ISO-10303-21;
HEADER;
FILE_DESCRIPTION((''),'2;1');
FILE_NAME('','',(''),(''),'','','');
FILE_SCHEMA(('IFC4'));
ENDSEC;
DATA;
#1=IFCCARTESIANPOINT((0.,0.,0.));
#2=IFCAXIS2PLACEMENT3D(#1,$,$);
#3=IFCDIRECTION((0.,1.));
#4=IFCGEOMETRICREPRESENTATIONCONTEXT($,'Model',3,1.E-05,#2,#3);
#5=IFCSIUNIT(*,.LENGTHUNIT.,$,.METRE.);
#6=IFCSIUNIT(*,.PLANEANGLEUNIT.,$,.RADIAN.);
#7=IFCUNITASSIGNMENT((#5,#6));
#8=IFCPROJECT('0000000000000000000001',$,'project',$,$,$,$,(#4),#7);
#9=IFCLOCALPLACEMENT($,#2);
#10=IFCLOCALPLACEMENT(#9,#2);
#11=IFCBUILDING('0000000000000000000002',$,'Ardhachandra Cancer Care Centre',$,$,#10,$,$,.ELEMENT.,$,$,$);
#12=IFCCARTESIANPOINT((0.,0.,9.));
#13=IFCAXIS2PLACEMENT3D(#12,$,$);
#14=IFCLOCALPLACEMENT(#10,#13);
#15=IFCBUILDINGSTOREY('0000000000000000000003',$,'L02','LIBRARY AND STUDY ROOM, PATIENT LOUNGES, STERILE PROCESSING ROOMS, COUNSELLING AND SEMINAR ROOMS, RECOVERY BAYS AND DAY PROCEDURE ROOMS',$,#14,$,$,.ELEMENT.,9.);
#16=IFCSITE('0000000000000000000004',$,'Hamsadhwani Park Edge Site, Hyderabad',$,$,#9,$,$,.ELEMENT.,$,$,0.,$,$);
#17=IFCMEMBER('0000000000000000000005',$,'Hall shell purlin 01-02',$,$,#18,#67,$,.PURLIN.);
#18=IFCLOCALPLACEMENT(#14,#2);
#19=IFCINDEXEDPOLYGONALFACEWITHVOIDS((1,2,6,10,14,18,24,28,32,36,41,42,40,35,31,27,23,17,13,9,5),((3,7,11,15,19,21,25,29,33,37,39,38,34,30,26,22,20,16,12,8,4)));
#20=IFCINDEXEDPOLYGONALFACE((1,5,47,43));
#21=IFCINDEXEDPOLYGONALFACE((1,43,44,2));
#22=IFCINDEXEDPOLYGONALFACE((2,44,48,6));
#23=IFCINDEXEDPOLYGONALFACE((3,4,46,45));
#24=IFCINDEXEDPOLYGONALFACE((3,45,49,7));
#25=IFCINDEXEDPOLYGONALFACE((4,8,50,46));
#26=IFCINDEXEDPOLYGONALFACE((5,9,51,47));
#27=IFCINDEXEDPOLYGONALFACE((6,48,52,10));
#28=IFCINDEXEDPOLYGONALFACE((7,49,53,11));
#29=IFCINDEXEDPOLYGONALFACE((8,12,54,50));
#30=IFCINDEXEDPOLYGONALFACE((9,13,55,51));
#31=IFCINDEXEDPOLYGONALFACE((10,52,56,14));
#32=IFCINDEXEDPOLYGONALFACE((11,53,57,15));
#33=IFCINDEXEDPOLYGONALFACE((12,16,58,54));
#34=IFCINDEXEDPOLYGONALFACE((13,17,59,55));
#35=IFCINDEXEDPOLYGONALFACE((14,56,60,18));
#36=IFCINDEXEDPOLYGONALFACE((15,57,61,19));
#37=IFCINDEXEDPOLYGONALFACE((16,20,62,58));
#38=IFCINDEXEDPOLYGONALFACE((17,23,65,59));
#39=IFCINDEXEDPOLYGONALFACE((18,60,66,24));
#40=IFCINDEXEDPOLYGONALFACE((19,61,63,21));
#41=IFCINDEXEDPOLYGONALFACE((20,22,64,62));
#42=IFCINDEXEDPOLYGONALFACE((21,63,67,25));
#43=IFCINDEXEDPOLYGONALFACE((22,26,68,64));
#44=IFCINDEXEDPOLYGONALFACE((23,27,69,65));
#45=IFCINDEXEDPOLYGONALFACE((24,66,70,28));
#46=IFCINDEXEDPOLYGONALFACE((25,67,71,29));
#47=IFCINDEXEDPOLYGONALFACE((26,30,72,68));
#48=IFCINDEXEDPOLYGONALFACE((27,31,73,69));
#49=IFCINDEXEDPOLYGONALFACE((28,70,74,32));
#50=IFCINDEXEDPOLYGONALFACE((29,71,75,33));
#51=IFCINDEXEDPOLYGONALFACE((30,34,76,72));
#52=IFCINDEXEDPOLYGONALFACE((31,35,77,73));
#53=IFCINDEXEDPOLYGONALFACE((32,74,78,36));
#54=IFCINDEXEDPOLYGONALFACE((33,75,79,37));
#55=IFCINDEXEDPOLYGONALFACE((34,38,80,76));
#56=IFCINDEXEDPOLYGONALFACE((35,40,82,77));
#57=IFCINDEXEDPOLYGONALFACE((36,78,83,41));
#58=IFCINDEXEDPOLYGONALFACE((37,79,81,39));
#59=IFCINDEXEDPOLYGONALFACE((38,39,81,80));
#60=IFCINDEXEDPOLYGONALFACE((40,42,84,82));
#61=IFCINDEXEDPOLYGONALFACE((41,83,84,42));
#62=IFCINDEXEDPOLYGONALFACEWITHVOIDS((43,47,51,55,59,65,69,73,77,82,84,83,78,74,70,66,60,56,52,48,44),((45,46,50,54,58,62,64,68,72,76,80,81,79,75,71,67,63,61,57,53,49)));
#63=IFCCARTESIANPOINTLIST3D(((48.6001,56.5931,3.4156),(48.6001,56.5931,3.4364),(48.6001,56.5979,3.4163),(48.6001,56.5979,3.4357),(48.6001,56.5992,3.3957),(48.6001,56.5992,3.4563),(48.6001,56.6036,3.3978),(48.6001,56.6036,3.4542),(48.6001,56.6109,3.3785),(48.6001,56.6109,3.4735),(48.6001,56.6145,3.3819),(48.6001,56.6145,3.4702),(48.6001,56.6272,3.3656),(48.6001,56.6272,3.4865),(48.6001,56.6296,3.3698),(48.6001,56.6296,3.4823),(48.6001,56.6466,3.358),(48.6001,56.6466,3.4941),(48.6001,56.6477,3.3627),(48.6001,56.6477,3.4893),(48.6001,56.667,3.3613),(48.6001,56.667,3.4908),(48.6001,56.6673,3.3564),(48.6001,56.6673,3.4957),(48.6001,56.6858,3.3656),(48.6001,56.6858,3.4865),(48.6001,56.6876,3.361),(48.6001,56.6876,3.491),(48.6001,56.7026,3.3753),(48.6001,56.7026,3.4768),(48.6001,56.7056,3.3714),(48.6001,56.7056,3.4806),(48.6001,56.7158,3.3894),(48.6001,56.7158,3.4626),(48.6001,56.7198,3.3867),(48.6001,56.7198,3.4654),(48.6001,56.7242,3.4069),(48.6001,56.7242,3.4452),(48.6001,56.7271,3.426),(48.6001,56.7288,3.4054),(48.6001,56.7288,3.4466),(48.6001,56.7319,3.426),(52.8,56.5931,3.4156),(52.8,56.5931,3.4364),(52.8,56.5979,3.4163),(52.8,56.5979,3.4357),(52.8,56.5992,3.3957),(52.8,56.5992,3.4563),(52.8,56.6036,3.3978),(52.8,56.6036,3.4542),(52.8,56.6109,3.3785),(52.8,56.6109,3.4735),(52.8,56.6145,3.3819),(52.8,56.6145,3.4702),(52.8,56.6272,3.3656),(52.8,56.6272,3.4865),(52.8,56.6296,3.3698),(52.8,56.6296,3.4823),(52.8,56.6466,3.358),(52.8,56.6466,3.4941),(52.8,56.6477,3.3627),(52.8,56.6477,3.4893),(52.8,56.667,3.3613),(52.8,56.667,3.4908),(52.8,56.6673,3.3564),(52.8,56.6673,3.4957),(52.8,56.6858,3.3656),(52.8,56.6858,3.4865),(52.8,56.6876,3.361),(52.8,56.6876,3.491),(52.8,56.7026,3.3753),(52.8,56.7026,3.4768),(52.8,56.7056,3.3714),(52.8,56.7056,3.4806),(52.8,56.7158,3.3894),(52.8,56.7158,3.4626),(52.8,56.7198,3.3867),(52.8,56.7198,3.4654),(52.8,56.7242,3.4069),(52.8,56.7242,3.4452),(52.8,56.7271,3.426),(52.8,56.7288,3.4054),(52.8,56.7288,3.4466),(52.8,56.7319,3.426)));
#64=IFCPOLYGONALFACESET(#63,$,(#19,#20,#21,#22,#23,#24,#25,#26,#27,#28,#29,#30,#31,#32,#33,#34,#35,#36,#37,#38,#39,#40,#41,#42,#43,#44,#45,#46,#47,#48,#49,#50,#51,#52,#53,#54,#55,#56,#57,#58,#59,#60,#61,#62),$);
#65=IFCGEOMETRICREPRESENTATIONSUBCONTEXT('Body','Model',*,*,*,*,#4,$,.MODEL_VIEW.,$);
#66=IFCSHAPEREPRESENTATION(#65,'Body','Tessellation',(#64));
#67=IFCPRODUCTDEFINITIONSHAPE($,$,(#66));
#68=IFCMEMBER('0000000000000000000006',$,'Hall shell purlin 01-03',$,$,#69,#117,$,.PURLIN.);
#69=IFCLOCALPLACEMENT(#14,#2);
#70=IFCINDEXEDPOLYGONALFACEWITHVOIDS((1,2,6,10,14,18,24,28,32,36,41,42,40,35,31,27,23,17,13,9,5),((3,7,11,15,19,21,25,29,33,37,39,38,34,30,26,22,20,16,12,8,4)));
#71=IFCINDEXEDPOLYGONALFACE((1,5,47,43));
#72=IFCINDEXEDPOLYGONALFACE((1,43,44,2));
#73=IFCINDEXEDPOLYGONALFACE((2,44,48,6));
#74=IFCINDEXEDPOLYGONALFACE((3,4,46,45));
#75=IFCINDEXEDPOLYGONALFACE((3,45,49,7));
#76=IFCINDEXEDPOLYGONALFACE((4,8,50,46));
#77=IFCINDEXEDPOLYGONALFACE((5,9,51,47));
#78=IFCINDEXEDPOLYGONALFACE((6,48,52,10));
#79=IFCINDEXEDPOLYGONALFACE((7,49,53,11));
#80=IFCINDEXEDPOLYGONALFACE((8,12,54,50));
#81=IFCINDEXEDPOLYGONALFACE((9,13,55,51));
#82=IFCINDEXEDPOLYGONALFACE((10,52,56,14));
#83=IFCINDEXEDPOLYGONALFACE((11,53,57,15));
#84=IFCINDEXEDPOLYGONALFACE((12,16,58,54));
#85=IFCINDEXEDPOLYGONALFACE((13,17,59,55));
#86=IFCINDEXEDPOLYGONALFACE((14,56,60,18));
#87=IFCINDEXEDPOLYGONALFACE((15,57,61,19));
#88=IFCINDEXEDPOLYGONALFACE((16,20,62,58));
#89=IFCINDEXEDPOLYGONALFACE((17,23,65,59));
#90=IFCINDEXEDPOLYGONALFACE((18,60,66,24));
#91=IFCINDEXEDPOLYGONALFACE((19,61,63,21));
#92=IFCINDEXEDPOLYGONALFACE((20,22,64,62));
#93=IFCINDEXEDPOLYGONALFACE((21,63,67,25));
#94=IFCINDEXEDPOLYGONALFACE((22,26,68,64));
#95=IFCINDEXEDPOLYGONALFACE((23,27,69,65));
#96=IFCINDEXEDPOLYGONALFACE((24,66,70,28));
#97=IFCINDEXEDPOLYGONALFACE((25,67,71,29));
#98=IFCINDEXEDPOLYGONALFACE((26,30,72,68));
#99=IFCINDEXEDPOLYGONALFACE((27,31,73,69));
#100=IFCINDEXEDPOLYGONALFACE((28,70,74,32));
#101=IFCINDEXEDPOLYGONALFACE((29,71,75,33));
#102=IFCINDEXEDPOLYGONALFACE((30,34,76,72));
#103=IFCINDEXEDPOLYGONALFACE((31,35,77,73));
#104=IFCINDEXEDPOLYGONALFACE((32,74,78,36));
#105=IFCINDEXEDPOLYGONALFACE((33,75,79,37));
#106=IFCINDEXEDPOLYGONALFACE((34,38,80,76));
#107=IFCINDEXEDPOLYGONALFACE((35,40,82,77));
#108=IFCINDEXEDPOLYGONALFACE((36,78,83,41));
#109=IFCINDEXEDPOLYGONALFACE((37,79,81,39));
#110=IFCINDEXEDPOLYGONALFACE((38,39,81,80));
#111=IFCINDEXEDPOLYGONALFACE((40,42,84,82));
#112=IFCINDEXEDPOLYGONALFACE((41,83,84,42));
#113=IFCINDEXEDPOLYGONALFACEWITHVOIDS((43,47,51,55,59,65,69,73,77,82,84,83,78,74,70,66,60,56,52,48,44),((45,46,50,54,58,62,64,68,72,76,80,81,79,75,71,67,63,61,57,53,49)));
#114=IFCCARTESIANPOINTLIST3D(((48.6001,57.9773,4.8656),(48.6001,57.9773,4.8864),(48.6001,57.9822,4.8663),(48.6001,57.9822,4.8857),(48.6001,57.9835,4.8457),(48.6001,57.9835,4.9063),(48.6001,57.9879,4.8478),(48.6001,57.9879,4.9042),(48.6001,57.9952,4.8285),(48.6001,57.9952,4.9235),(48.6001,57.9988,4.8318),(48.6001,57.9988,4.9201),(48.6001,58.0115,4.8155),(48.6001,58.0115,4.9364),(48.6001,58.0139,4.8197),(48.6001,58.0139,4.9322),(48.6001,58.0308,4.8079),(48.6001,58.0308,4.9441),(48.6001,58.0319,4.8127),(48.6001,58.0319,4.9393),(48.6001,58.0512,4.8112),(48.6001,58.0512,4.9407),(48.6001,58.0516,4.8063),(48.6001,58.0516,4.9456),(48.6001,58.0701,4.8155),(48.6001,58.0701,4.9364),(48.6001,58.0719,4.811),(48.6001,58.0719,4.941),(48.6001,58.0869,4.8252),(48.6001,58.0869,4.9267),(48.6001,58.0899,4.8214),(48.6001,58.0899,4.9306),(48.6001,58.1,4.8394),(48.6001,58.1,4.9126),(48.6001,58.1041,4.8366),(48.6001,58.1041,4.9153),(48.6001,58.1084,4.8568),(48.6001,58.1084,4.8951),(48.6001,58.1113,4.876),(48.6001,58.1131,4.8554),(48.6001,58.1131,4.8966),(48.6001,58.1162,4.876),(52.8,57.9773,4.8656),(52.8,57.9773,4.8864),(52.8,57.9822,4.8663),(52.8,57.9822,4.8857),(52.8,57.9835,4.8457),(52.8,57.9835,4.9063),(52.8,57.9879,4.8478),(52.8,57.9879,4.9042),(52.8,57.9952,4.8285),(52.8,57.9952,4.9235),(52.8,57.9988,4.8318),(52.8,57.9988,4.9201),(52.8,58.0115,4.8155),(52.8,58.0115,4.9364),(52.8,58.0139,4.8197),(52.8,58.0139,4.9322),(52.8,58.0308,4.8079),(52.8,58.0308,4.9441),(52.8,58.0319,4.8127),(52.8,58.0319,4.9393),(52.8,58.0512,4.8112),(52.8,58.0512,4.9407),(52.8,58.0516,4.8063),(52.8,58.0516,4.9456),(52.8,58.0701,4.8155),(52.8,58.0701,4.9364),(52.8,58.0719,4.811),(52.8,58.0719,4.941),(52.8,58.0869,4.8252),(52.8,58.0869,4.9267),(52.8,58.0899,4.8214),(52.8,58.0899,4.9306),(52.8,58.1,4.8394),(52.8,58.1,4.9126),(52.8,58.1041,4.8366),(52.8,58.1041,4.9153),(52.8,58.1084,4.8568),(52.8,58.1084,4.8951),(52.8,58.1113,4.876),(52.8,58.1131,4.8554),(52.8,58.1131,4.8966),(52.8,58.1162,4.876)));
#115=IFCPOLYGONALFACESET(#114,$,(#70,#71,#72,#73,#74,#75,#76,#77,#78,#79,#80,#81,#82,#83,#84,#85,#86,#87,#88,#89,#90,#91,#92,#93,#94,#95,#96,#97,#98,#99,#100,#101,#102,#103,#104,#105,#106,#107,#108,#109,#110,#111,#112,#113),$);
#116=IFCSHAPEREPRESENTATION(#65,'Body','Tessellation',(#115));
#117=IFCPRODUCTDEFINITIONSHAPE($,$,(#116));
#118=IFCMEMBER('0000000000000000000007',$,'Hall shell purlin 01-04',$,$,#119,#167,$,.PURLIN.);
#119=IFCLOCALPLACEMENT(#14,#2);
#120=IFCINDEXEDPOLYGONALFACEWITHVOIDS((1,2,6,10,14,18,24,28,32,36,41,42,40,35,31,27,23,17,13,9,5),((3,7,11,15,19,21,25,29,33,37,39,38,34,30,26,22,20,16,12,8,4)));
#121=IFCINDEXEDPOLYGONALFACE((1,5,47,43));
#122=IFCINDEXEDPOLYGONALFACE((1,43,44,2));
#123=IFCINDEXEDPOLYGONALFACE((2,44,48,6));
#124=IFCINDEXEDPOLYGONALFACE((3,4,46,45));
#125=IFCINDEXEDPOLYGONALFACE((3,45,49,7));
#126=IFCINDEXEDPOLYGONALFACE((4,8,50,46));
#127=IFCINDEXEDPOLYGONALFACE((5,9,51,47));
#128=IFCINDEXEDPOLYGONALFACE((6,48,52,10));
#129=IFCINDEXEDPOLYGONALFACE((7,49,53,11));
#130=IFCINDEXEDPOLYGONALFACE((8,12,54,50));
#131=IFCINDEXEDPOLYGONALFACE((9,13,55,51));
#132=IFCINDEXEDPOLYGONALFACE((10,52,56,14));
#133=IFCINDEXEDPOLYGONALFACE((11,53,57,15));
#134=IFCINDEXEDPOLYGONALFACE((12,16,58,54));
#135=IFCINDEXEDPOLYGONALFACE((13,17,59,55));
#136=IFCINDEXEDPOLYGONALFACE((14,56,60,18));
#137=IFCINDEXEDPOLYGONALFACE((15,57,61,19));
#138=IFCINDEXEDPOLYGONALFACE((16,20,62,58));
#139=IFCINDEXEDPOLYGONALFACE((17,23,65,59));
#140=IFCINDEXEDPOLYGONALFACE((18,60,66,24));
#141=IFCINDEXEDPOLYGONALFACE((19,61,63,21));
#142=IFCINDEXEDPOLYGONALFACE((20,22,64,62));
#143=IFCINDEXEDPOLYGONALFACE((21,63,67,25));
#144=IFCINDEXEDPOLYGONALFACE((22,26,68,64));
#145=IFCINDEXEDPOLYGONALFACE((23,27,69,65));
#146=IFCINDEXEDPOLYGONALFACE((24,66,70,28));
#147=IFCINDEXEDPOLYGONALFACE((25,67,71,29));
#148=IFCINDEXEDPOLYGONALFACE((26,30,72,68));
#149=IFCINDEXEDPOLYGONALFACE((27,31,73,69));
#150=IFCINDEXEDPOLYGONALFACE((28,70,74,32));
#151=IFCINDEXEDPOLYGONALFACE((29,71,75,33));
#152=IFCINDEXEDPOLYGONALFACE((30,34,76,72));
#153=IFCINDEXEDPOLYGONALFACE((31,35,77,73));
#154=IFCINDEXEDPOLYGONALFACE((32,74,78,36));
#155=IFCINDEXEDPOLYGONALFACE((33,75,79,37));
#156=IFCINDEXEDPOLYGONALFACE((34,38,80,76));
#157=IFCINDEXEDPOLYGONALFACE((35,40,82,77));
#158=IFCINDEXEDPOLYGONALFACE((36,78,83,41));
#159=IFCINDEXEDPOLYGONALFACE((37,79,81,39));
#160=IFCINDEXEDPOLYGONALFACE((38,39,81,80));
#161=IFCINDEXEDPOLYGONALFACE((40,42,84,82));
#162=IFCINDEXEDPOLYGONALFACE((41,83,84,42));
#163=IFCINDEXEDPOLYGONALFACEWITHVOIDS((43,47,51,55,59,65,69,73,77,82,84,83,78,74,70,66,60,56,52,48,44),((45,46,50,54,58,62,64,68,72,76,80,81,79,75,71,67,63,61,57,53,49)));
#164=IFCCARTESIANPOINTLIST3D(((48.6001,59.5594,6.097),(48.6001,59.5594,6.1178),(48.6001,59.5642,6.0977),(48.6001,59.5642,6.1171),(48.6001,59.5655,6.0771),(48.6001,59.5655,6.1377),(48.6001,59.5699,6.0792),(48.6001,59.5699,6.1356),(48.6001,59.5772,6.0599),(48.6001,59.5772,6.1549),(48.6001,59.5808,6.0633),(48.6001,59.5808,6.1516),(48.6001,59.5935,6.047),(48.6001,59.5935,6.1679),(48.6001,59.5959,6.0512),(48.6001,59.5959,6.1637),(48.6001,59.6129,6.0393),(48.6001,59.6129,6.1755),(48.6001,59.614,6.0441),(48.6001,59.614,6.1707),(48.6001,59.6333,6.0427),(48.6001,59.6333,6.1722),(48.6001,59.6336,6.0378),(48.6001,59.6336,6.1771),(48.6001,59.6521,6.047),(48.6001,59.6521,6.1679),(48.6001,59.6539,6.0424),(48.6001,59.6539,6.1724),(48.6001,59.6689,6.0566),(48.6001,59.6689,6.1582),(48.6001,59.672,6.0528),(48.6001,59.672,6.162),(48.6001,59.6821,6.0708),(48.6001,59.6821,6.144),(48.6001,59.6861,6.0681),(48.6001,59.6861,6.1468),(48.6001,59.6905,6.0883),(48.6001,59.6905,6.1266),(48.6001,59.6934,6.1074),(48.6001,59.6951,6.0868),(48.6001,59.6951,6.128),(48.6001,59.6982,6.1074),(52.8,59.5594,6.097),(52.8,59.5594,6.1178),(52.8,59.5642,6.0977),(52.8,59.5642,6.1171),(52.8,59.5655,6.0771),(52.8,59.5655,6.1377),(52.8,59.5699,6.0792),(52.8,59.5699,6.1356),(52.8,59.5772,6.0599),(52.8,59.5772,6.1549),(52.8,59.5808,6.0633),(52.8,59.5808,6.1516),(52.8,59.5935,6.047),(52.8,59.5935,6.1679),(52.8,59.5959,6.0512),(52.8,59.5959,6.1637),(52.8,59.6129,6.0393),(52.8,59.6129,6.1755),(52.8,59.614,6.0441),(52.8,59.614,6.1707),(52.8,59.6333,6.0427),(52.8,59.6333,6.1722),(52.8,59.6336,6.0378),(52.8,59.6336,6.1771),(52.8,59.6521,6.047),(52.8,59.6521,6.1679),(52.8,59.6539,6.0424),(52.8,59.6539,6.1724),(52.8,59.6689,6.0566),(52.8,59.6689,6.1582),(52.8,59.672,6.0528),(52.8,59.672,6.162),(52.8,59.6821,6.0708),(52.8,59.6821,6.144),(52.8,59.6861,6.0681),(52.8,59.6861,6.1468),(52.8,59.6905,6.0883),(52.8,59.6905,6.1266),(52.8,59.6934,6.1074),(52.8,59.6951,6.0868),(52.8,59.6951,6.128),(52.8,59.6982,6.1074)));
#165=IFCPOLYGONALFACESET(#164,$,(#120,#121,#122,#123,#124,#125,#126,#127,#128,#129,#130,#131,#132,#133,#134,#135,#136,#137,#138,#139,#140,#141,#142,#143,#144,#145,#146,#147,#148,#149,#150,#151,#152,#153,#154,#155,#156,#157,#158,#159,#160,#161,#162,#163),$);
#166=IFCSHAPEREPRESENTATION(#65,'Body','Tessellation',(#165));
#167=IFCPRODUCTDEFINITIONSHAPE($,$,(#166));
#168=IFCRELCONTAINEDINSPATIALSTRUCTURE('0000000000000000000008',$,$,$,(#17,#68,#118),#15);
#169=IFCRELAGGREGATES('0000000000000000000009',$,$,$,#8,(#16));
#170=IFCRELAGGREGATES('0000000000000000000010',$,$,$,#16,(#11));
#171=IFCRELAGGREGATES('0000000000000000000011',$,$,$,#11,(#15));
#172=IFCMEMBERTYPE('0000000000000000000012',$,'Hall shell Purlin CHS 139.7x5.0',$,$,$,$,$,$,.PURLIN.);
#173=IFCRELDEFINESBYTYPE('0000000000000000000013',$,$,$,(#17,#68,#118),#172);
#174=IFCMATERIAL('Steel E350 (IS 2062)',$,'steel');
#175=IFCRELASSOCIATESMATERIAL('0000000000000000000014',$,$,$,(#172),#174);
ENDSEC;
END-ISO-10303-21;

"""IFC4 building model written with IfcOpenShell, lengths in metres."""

from ifc_helpers import new_model, si_unit, direction, frame, origin, origin_2d, place, context, subcontext, project, spatial, hollow_circle, extrude, material, material_profile, profile_set, type_object, element, save


model = new_model("IFC4")

# Units and contexts
model_context = context("Model", 3, precision=1e-05, world=origin(), true_north=direction((0.0, 1.0)))
body_context = subcontext(model_context, "Body", "Model", "MODEL_VIEW")
ifc_project = project(units=[si_unit("LENGTHUNIT", "METRE"), si_unit("PLANEANGLEUNIT", "RADIAN")], contexts=[model_context])

# Site, building, storey
site_placement = place(None, origin())
site = spatial("IfcSite", under=ifc_project, at=site_placement, Name="Hamsadhwani Park Edge Site, Hyderabad", CompositionType="ELEMENT", RefElevation=0.0)
building_placement = place(site_placement, origin())
building = spatial("IfcBuilding", under=site, at=building_placement, Name="Ardhachandra Cancer Care Centre", CompositionType="ELEMENT")
storey_placement = place(building_placement, frame((0.0, 0.0, 9.0)))
storey = spatial("IfcBuildingStorey", under=building, at=storey_placement, Name="L02", Description="LIBRARY AND STUDY ROOM, PATIENT LOUNGES, STERILE PROCESSING ROOMS, COUNSELLING AND SEMINAR ROOMS, RECOVERY BAYS AND DAY PROCEDURE ROOMS", CompositionType="ELEMENT", Elevation=9.0)

# Members
ifc_material_1 = material(Name="Steel E350 (IS 2062)", Category="steel")
ifc_material_profile_1 = material_profile(ifc_material_1, hollow_circle(Radius=0.0698, WallThickness=0.0049, at=origin_2d()), Name="CHS 139.7x5.0")
ifc_profile_set_1 = profile_set([ifc_material_profile_1], Name="Steel E350 (IS 2062)")
member_type_1 = type_object("IfcMemberType", Name="Hall shell Purlin CHS 139.7x5.0", PredefinedType="PURLIN", material=ifc_profile_set_1)
for number, where, z_axis, x_axis, name in (
    (1, (48.6001, 56.6621, 3.426), (1.0, 0.0, 0.0), (0.0, 1.0, 0.0), "Hall shell purlin 01-02"),
    (2, (48.6001, 58.0464, 4.876), (1.0, 0.0, 0.0), (0.0, 1.0, 0.0), "Hall shell purlin 01-03"),
    (3, (48.6001, 59.6284, 6.1074), (1.0, 0.0, 0.0), (0.0, 1.0, 0.0), "Hall shell purlin 01-04"),
):
    element("IfcMember", number, at=place(storey_placement, frame(where, z_axis=z_axis, x_axis=x_axis)), inside=storey, type_object=member_type_1, Name=name, PredefinedType="PURLIN", context=body_context, shape_type="SweptSolid", body=[
        extrude(hollow_circle(Radius=0.0698, WallThickness=0.0049, at=origin_2d()), origin(), (0.0, 0.0, 1.0), 4.2),
    ])

save(model, "model.ifc")
